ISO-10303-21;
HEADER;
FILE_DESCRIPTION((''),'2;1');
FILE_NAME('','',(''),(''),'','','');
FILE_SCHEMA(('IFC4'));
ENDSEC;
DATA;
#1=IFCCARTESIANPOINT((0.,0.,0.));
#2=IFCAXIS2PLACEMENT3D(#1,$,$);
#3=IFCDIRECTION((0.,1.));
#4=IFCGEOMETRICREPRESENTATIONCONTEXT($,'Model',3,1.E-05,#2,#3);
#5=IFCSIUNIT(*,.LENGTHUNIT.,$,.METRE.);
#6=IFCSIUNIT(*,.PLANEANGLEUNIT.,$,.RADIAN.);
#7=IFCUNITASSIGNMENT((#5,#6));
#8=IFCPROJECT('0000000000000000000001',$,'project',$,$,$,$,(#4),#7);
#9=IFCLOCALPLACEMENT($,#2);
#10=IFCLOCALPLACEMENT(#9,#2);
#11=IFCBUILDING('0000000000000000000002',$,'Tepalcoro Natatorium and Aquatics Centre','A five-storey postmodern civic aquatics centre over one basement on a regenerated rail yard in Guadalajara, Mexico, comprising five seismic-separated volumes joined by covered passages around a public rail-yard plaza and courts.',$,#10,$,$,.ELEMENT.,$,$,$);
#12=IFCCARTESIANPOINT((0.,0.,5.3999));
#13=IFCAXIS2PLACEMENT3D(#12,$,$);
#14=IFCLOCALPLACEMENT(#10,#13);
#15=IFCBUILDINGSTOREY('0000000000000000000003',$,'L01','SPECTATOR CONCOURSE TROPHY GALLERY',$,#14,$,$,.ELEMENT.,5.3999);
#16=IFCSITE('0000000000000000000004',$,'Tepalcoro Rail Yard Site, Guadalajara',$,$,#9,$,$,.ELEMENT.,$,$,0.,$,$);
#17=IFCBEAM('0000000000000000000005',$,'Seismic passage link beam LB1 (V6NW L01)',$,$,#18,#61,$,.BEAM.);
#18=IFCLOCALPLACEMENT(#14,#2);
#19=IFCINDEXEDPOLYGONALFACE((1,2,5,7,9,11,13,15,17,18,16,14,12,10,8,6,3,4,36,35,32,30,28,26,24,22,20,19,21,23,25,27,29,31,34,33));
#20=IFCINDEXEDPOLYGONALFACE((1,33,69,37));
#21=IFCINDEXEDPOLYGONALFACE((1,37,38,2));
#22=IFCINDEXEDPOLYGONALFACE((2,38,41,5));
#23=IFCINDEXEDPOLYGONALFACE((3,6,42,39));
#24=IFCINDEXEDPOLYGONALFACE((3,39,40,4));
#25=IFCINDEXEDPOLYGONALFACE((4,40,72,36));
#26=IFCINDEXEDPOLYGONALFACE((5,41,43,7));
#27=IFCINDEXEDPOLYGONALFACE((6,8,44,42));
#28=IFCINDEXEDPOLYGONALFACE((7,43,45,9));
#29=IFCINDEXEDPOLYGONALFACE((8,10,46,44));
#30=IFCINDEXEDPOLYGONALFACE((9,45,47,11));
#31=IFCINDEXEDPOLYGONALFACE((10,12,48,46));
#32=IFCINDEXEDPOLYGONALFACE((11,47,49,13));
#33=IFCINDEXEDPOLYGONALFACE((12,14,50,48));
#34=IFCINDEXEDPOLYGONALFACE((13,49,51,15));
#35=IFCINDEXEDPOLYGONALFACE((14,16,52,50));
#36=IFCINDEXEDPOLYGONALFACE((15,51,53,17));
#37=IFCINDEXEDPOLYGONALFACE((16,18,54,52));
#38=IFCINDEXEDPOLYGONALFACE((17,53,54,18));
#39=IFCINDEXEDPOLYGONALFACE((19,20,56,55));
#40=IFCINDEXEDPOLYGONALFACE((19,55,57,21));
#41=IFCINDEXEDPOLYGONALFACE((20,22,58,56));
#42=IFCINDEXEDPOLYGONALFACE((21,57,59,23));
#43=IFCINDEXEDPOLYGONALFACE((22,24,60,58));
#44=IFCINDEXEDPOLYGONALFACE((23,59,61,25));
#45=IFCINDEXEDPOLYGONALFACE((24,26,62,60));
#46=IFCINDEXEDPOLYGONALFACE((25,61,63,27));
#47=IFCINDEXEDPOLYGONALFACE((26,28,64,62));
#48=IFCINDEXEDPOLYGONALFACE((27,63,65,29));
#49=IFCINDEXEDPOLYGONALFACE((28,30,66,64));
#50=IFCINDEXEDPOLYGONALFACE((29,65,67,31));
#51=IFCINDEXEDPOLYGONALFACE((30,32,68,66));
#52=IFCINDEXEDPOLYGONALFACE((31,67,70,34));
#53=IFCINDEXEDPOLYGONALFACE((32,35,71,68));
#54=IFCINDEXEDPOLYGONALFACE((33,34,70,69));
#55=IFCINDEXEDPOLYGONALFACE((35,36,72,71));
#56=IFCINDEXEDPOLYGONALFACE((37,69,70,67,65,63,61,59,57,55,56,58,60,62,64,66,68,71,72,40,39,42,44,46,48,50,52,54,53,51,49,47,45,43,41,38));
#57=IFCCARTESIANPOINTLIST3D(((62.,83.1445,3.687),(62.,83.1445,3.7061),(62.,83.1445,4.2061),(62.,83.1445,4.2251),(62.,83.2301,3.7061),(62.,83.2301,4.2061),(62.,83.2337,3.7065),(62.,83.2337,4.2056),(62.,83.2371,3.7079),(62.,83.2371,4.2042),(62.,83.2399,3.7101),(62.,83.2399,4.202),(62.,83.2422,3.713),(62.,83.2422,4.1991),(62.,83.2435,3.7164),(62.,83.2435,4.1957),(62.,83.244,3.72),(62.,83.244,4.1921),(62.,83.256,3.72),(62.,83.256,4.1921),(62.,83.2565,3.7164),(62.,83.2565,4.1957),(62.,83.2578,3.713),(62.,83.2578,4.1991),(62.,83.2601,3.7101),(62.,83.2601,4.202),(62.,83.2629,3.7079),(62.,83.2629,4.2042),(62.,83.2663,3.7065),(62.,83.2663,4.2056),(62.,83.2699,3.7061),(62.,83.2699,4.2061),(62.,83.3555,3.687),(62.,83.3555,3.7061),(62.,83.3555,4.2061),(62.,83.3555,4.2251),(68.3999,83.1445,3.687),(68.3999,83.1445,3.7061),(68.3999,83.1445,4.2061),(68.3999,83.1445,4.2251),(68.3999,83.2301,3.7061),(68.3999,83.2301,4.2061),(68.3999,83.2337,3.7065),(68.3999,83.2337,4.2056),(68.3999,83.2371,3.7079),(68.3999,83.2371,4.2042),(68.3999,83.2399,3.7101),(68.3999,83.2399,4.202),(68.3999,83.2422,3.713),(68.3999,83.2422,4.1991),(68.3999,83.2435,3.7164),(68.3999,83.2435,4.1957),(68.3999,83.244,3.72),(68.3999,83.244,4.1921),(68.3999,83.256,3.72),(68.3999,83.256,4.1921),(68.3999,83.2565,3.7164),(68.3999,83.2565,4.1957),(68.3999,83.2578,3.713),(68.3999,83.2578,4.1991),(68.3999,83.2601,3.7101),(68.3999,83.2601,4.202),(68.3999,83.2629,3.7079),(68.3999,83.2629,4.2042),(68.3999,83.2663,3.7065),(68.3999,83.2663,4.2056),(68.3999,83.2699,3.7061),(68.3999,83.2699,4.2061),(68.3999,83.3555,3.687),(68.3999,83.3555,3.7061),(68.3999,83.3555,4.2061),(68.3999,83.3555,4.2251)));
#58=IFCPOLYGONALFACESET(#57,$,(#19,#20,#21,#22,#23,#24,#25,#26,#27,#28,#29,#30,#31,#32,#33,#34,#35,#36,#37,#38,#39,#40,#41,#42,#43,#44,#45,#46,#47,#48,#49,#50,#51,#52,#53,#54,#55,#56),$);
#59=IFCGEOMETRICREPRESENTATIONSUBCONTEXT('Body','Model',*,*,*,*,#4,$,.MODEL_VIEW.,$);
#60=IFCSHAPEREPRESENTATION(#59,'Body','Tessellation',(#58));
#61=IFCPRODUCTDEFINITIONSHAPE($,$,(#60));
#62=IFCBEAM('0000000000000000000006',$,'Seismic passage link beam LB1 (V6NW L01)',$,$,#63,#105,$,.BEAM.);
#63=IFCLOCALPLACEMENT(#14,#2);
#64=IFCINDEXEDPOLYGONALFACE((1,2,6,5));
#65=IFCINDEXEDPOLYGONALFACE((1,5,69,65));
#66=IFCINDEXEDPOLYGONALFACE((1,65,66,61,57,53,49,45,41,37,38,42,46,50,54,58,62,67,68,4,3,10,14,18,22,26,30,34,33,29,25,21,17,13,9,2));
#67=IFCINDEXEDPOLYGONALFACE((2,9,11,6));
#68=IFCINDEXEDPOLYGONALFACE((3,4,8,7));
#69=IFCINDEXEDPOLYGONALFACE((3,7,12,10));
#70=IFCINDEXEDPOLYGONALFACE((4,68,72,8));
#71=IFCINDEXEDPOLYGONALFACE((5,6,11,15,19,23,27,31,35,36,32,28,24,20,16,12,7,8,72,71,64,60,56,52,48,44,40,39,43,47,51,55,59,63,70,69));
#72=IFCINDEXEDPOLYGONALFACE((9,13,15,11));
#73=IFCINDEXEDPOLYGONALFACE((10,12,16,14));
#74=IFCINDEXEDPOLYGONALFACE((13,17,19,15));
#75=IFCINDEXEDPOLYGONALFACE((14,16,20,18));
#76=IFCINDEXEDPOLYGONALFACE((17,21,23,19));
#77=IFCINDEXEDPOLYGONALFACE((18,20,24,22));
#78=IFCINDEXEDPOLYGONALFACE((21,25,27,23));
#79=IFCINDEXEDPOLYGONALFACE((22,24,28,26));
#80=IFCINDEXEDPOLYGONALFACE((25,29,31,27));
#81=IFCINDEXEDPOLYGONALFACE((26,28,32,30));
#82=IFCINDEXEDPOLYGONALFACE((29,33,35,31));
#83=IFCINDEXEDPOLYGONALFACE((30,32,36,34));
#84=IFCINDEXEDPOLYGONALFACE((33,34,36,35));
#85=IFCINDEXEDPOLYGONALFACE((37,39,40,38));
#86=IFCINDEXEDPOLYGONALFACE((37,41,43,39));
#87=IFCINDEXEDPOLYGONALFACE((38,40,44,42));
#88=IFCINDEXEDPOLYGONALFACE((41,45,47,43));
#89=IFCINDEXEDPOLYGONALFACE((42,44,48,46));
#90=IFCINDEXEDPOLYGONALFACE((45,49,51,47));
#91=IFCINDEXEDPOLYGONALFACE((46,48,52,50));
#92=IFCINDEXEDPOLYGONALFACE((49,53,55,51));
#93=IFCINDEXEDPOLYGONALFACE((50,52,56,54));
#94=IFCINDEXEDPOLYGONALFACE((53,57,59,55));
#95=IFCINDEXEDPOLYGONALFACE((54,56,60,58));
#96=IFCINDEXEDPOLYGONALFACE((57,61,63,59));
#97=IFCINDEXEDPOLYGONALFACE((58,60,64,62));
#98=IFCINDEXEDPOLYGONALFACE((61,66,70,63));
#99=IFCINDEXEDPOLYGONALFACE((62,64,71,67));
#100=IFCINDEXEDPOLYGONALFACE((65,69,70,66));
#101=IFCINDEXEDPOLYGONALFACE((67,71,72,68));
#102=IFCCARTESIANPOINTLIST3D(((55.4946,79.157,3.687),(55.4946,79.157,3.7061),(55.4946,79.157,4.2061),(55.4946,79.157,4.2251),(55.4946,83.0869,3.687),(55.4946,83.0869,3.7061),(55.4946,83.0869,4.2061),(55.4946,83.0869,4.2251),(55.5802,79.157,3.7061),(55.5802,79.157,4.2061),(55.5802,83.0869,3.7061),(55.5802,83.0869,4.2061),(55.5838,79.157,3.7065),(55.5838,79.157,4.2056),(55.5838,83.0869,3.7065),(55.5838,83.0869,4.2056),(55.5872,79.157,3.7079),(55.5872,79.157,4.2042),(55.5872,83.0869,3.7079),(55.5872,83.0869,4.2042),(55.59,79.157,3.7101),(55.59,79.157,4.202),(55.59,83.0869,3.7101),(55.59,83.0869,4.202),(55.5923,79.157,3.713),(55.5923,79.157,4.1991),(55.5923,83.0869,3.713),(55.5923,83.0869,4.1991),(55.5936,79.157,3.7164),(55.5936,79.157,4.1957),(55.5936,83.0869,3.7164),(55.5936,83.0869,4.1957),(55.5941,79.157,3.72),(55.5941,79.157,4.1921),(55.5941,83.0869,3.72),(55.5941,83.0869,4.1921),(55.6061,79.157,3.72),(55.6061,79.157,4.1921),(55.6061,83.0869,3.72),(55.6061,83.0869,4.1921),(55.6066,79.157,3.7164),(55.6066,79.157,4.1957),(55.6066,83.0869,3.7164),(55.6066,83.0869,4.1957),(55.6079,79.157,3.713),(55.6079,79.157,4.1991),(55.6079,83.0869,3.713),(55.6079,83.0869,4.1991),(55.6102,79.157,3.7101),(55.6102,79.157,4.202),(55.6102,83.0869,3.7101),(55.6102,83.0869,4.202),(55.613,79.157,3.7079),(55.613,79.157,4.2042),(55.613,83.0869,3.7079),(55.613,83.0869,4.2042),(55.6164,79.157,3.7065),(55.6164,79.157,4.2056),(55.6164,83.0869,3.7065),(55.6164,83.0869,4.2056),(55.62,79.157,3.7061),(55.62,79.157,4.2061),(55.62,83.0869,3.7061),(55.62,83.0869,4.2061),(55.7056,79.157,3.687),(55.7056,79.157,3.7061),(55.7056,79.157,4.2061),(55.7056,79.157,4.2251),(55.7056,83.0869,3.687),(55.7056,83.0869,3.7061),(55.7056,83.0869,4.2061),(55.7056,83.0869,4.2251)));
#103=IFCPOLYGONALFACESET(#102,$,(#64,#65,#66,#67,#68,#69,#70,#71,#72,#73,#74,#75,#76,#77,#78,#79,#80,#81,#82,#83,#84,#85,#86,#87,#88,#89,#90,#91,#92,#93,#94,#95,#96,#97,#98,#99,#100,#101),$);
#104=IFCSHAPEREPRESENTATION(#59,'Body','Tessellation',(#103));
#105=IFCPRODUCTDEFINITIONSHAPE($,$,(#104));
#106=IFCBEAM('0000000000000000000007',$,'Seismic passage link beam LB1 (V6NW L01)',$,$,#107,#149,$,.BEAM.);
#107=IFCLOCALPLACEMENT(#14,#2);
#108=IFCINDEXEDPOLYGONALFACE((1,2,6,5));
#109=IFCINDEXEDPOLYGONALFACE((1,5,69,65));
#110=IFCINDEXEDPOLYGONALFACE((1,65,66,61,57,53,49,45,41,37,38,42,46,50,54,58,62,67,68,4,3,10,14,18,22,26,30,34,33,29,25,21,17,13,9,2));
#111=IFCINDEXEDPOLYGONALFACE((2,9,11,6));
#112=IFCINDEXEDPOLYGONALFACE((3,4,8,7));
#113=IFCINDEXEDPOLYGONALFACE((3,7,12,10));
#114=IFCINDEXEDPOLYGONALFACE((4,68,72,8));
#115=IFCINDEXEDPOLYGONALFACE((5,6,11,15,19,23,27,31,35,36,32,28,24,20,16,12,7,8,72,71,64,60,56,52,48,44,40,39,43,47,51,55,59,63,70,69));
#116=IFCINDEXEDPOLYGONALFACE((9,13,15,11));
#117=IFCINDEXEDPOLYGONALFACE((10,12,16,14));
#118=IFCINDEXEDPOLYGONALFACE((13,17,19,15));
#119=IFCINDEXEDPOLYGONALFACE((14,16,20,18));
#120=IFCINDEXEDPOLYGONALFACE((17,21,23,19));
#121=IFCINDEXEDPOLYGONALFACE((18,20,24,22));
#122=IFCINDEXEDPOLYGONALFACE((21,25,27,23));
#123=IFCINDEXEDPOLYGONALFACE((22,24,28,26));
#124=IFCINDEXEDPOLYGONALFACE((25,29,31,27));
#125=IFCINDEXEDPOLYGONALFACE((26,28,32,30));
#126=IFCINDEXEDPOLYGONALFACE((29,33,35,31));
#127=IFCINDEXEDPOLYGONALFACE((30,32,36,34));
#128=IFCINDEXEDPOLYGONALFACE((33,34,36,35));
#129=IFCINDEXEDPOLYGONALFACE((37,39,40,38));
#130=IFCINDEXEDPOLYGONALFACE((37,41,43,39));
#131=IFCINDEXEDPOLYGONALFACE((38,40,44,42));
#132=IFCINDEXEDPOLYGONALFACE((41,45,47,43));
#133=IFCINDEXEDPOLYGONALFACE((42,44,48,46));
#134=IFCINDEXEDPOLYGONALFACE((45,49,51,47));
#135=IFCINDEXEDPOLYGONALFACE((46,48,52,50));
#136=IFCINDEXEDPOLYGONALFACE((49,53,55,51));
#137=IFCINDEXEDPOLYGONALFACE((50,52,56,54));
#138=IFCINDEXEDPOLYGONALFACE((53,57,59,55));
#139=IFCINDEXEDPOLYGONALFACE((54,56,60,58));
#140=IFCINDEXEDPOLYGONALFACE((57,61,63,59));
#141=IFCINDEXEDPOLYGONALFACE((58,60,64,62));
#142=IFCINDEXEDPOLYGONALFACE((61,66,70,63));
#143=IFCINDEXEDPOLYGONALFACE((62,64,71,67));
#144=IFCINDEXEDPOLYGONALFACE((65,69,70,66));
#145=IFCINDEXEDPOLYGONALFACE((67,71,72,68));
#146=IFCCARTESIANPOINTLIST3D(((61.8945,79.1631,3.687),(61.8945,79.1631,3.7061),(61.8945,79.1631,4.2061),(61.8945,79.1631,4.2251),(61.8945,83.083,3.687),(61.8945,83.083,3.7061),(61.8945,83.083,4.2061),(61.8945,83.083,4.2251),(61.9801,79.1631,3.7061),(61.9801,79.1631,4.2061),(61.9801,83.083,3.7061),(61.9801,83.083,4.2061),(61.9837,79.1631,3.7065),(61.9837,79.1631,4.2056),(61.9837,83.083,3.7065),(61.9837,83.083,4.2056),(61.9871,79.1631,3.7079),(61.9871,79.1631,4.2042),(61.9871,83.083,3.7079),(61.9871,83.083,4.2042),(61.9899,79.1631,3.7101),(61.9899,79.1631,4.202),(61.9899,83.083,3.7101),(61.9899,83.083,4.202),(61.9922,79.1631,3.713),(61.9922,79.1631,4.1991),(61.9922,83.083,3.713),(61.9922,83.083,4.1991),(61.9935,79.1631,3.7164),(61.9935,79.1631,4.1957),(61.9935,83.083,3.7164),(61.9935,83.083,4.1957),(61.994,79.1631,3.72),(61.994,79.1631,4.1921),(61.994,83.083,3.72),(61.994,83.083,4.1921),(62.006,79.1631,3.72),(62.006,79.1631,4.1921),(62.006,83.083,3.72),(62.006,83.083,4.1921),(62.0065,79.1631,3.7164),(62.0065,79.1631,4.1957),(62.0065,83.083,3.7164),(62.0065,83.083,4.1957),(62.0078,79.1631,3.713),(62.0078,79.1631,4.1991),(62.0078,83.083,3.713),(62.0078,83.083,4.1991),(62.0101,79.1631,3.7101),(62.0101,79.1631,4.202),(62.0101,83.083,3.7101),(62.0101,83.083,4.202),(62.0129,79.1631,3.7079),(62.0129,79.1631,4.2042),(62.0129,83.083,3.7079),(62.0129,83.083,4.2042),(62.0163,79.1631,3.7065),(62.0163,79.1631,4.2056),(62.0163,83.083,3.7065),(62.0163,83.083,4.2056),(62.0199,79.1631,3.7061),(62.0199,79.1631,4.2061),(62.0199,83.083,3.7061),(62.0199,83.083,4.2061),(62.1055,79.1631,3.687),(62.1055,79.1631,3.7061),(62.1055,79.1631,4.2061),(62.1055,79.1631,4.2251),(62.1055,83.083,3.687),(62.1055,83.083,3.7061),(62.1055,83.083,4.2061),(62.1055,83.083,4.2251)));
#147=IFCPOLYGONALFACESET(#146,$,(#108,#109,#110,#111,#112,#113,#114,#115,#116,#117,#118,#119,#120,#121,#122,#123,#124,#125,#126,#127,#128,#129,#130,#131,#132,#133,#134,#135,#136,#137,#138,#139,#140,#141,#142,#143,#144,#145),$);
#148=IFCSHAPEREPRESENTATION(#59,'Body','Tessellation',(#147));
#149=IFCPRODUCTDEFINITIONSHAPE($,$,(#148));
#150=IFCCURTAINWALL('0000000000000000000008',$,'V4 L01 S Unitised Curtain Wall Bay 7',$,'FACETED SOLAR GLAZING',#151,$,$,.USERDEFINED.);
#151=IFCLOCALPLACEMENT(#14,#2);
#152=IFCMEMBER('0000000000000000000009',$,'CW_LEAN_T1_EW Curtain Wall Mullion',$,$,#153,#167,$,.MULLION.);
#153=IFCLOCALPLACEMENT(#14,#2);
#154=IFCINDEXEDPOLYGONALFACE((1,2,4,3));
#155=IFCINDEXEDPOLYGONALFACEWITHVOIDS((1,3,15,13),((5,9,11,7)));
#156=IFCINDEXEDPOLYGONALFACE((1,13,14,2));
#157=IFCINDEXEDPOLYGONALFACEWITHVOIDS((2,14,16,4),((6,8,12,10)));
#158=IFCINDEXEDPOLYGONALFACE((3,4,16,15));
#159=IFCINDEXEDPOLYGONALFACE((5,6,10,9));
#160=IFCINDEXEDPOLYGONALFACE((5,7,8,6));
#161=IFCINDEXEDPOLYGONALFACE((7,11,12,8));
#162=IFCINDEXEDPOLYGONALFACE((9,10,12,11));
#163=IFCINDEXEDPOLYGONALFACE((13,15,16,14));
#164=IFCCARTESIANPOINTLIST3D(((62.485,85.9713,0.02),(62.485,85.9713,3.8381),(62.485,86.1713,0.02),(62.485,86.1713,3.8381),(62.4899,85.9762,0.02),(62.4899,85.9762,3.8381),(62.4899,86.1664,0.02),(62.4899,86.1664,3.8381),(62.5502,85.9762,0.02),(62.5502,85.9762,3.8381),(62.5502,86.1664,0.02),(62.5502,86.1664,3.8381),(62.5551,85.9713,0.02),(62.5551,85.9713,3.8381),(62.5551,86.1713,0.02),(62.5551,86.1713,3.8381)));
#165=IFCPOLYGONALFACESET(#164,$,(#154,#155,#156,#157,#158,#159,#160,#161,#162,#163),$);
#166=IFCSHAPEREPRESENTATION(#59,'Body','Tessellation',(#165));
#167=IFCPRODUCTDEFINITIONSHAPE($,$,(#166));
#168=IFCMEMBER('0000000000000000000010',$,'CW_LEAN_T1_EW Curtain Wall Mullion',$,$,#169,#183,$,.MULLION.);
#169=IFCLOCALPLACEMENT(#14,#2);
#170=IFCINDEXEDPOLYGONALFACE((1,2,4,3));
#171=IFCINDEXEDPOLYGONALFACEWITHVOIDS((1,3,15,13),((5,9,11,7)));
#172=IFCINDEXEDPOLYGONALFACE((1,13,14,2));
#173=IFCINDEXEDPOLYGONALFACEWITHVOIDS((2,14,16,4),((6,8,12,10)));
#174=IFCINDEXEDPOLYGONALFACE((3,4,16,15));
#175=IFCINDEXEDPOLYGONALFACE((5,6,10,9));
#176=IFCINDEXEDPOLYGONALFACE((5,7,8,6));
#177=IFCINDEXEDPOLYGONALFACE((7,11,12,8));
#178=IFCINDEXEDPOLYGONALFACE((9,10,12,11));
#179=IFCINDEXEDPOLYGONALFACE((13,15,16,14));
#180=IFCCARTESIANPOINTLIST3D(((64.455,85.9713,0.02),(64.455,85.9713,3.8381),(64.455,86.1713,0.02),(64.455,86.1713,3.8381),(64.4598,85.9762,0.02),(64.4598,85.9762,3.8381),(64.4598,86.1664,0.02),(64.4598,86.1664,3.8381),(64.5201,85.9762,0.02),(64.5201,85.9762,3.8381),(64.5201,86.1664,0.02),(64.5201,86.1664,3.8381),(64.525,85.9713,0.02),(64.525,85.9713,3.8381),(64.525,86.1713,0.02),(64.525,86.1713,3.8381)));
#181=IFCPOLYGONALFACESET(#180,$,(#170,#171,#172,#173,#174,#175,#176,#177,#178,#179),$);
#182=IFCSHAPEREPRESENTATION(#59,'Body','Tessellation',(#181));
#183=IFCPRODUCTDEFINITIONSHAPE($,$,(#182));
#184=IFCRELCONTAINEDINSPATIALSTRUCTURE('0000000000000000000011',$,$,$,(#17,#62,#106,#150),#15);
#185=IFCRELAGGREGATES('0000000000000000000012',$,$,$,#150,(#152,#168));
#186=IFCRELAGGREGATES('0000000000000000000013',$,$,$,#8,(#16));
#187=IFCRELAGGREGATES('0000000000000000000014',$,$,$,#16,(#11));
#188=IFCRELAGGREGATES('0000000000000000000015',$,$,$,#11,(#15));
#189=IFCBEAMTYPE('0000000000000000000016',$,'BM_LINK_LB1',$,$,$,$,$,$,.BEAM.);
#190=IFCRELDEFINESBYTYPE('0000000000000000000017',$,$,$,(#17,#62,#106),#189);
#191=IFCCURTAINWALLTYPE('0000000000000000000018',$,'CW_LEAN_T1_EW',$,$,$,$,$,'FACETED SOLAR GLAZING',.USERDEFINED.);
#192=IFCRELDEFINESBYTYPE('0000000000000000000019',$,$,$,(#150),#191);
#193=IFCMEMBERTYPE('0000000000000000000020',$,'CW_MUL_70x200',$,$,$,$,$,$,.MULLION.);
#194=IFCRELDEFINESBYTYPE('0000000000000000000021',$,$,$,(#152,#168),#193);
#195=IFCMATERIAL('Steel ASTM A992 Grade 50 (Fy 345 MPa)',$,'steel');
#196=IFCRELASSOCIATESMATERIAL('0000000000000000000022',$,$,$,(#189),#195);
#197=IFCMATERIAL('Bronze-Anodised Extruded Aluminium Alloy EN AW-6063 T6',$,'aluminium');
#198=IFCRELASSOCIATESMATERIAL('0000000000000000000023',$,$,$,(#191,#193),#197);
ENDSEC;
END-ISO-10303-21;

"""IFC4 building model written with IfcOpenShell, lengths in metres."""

from ifc_helpers import new_model, si_unit, direction, frame, origin, origin_2d, place, context, subcontext, project, spatial, hollow_rectangle, i_section, extrude, material, material_profile, profile_set, type_object, element, aggregate, save


model = new_model("IFC4")

# Units and contexts
model_context = context("Model", 3, precision=1e-05, world=origin(), true_north=direction((0.0, 1.0)))
body_context = subcontext(model_context, "Body", "Model", "MODEL_VIEW")
ifc_project = project(units=[si_unit("LENGTHUNIT", "METRE"), si_unit("PLANEANGLEUNIT", "RADIAN")], contexts=[model_context])

# Site, building, storey
site_placement = place(None, origin())
site = spatial("IfcSite", under=ifc_project, at=site_placement, Name="Tepalcoro Rail Yard Site, Guadalajara", CompositionType="ELEMENT", RefElevation=0.0)
building_placement = place(site_placement, origin())
building = spatial("IfcBuilding", under=site, at=building_placement, Name="Tepalcoro Natatorium and Aquatics Centre", Description="A five-storey postmodern civic aquatics centre over one basement on a regenerated rail yard in Guadalajara, Mexico, comprising five seismic-separated volumes joined by covered passages around a public rail-yard plaza and courts.", CompositionType="ELEMENT")
storey_placement = place(building_placement, frame((0.0, 0.0, 5.3999)))
storey = spatial("IfcBuildingStorey", under=building, at=storey_placement, Name="L01", Description="SPECTATOR CONCOURSE TROPHY GALLERY", CompositionType="ELEMENT", Elevation=5.3999)

# Shared definitions
ifc_material_1 = material(Name="Steel ASTM A992 Grade 50 (Fy 345 MPa)", Category="steel")

# Beams
ifc_material_profile_1 = material_profile(ifc_material_1, i_section(OverallWidth=0.2109, OverallDepth=0.5381, WebThickness=0.012, FlangeThickness=0.019, FilletRadius=0.0139, at=origin_2d()), Name="W21X73")
ifc_profile_set_1 = profile_set([ifc_material_profile_1], Name="Steel ASTM A992 Grade 50 (Fy 345 MPa)")
beam_type_1 = type_object("IfcBeamType", Name="BM_LINK_LB1", PredefinedType="BEAM", material=ifc_profile_set_1)
for number, where, z_axis, x_axis, name in (
    (1, (62.0, 83.25, 3.9561), (1.0, 0.0, 0.0), (0.0, 1.0, 0.0), "Seismic passage link beam LB1 (V6NW L01)"),
):
    element("IfcBeam", number, at=place(storey_placement, frame(where, z_axis=z_axis, x_axis=x_axis)), inside=storey, type_object=beam_type_1, Name=name, PredefinedType="BEAM", context=body_context, shape_type="SweptSolid", body=[
        extrude(i_section(OverallWidth=0.2109, OverallDepth=0.5381, WebThickness=0.012, FlangeThickness=0.019, FilletRadius=0.0139, at=origin_2d()), origin(), (0.0, 0.0, 1.0), 6.3999),
    ])
beam_1_placement = place(storey_placement, frame((55.6001, 79.157, 3.9561), z_axis=(0.0, 1.0, 0.0), x_axis=(-1.0, 0.0, 0.0)))
element("IfcBeam", 2, at=beam_1_placement, inside=storey, type_object=beam_type_1, Name="Seismic passage link beam LB1 (V6NW L01)", PredefinedType="BEAM", context=body_context, shape_type="SweptSolid", body=[
    extrude(i_section(OverallWidth=0.2109, OverallDepth=0.5381, WebThickness=0.012, FlangeThickness=0.019, FilletRadius=0.0139, at=origin_2d()), origin(), (0.0, 0.0, 1.0), 3.9299),
])
beam_2_placement = place(storey_placement, frame((62.0, 79.1631, 3.9561), z_axis=(0.0, 1.0, 0.0), x_axis=(-1.0, 0.0, 0.0)))
element("IfcBeam", 3, at=beam_2_placement, inside=storey, type_object=beam_type_1, Name="Seismic passage link beam LB1 (V6NW L01)", PredefinedType="BEAM", context=body_context, shape_type="SweptSolid", body=[
    extrude(i_section(OverallWidth=0.2109, OverallDepth=0.5381, WebThickness=0.012, FlangeThickness=0.019, FilletRadius=0.0139, at=origin_2d()), origin(), (0.0, 0.0, 1.0), 3.9199),
])

# Curtain wall, members
ifc_material_2 = material(Name="Bronze-Anodised Extruded Aluminium Alloy EN AW-6063 T6", Category="aluminium")
curtain_wall_type = type_object("IfcCurtainWallType", Name="CW_LEAN_T1_EW", ElementType="FACETED SOLAR GLAZING", PredefinedType="USERDEFINED", material=ifc_material_2)
curtain_wall_placement = place(storey_placement, origin())
curtain_wall = element("IfcCurtainWall", 4, at=curtain_wall_placement, inside=storey, type_object=curtain_wall_type, Name="V4 L01 S Unitised Curtain Wall Bay 7", ObjectType="FACETED SOLAR GLAZING", PredefinedType="USERDEFINED")
ifc_material_profile_2 = material_profile(ifc_material_2, hollow_rectangle(XDim=0.0701, YDim=0.2, WallThickness=0.0049, at=origin_2d()), Name="AL70X200X5")
ifc_profile_set_2 = profile_set([ifc_material_profile_2], Name="Bronze-Anodised Extruded Aluminium Alloy EN AW-6063 T6")
member_type_1 = type_object("IfcMemberType", Name="CW_MUL_70x200", PredefinedType="MULLION", material=ifc_profile_set_2)
member_1_placement = place(storey_placement, frame((62.52, 86.0713, 0.02), z_axis=(0.0, 0.0, 1.0), x_axis=(1.0, 0.0, 0.0)))
member_1 = element("IfcMember", 5, at=member_1_placement, type_object=member_type_1, Name="CW_LEAN_T1_EW Curtain Wall Mullion", PredefinedType="MULLION", context=body_context, shape_type="SweptSolid", body=[
    extrude(hollow_rectangle(XDim=0.0701, YDim=0.2, WallThickness=0.0049, at=origin_2d()), origin(), (0.0, 0.0, 1.0), 3.8181),
])
member_2_placement = place(storey_placement, frame((64.49, 86.0713, 0.02), z_axis=(0.0, 0.0, 1.0), x_axis=(1.0, 0.0, 0.0)))
member_2 = element("IfcMember", 6, at=member_2_placement, type_object=member_type_1, Name="CW_LEAN_T1_EW Curtain Wall Mullion", PredefinedType="MULLION", context=body_context, shape_type="SweptSolid", body=[
    extrude(hollow_rectangle(XDim=0.0701, YDim=0.2, WallThickness=0.0049, at=origin_2d()), origin(), (0.0, 0.0, 1.0), 3.8181),
])

aggregate(curtain_wall, [member_1, member_2])

save(model, "model.ifc")
